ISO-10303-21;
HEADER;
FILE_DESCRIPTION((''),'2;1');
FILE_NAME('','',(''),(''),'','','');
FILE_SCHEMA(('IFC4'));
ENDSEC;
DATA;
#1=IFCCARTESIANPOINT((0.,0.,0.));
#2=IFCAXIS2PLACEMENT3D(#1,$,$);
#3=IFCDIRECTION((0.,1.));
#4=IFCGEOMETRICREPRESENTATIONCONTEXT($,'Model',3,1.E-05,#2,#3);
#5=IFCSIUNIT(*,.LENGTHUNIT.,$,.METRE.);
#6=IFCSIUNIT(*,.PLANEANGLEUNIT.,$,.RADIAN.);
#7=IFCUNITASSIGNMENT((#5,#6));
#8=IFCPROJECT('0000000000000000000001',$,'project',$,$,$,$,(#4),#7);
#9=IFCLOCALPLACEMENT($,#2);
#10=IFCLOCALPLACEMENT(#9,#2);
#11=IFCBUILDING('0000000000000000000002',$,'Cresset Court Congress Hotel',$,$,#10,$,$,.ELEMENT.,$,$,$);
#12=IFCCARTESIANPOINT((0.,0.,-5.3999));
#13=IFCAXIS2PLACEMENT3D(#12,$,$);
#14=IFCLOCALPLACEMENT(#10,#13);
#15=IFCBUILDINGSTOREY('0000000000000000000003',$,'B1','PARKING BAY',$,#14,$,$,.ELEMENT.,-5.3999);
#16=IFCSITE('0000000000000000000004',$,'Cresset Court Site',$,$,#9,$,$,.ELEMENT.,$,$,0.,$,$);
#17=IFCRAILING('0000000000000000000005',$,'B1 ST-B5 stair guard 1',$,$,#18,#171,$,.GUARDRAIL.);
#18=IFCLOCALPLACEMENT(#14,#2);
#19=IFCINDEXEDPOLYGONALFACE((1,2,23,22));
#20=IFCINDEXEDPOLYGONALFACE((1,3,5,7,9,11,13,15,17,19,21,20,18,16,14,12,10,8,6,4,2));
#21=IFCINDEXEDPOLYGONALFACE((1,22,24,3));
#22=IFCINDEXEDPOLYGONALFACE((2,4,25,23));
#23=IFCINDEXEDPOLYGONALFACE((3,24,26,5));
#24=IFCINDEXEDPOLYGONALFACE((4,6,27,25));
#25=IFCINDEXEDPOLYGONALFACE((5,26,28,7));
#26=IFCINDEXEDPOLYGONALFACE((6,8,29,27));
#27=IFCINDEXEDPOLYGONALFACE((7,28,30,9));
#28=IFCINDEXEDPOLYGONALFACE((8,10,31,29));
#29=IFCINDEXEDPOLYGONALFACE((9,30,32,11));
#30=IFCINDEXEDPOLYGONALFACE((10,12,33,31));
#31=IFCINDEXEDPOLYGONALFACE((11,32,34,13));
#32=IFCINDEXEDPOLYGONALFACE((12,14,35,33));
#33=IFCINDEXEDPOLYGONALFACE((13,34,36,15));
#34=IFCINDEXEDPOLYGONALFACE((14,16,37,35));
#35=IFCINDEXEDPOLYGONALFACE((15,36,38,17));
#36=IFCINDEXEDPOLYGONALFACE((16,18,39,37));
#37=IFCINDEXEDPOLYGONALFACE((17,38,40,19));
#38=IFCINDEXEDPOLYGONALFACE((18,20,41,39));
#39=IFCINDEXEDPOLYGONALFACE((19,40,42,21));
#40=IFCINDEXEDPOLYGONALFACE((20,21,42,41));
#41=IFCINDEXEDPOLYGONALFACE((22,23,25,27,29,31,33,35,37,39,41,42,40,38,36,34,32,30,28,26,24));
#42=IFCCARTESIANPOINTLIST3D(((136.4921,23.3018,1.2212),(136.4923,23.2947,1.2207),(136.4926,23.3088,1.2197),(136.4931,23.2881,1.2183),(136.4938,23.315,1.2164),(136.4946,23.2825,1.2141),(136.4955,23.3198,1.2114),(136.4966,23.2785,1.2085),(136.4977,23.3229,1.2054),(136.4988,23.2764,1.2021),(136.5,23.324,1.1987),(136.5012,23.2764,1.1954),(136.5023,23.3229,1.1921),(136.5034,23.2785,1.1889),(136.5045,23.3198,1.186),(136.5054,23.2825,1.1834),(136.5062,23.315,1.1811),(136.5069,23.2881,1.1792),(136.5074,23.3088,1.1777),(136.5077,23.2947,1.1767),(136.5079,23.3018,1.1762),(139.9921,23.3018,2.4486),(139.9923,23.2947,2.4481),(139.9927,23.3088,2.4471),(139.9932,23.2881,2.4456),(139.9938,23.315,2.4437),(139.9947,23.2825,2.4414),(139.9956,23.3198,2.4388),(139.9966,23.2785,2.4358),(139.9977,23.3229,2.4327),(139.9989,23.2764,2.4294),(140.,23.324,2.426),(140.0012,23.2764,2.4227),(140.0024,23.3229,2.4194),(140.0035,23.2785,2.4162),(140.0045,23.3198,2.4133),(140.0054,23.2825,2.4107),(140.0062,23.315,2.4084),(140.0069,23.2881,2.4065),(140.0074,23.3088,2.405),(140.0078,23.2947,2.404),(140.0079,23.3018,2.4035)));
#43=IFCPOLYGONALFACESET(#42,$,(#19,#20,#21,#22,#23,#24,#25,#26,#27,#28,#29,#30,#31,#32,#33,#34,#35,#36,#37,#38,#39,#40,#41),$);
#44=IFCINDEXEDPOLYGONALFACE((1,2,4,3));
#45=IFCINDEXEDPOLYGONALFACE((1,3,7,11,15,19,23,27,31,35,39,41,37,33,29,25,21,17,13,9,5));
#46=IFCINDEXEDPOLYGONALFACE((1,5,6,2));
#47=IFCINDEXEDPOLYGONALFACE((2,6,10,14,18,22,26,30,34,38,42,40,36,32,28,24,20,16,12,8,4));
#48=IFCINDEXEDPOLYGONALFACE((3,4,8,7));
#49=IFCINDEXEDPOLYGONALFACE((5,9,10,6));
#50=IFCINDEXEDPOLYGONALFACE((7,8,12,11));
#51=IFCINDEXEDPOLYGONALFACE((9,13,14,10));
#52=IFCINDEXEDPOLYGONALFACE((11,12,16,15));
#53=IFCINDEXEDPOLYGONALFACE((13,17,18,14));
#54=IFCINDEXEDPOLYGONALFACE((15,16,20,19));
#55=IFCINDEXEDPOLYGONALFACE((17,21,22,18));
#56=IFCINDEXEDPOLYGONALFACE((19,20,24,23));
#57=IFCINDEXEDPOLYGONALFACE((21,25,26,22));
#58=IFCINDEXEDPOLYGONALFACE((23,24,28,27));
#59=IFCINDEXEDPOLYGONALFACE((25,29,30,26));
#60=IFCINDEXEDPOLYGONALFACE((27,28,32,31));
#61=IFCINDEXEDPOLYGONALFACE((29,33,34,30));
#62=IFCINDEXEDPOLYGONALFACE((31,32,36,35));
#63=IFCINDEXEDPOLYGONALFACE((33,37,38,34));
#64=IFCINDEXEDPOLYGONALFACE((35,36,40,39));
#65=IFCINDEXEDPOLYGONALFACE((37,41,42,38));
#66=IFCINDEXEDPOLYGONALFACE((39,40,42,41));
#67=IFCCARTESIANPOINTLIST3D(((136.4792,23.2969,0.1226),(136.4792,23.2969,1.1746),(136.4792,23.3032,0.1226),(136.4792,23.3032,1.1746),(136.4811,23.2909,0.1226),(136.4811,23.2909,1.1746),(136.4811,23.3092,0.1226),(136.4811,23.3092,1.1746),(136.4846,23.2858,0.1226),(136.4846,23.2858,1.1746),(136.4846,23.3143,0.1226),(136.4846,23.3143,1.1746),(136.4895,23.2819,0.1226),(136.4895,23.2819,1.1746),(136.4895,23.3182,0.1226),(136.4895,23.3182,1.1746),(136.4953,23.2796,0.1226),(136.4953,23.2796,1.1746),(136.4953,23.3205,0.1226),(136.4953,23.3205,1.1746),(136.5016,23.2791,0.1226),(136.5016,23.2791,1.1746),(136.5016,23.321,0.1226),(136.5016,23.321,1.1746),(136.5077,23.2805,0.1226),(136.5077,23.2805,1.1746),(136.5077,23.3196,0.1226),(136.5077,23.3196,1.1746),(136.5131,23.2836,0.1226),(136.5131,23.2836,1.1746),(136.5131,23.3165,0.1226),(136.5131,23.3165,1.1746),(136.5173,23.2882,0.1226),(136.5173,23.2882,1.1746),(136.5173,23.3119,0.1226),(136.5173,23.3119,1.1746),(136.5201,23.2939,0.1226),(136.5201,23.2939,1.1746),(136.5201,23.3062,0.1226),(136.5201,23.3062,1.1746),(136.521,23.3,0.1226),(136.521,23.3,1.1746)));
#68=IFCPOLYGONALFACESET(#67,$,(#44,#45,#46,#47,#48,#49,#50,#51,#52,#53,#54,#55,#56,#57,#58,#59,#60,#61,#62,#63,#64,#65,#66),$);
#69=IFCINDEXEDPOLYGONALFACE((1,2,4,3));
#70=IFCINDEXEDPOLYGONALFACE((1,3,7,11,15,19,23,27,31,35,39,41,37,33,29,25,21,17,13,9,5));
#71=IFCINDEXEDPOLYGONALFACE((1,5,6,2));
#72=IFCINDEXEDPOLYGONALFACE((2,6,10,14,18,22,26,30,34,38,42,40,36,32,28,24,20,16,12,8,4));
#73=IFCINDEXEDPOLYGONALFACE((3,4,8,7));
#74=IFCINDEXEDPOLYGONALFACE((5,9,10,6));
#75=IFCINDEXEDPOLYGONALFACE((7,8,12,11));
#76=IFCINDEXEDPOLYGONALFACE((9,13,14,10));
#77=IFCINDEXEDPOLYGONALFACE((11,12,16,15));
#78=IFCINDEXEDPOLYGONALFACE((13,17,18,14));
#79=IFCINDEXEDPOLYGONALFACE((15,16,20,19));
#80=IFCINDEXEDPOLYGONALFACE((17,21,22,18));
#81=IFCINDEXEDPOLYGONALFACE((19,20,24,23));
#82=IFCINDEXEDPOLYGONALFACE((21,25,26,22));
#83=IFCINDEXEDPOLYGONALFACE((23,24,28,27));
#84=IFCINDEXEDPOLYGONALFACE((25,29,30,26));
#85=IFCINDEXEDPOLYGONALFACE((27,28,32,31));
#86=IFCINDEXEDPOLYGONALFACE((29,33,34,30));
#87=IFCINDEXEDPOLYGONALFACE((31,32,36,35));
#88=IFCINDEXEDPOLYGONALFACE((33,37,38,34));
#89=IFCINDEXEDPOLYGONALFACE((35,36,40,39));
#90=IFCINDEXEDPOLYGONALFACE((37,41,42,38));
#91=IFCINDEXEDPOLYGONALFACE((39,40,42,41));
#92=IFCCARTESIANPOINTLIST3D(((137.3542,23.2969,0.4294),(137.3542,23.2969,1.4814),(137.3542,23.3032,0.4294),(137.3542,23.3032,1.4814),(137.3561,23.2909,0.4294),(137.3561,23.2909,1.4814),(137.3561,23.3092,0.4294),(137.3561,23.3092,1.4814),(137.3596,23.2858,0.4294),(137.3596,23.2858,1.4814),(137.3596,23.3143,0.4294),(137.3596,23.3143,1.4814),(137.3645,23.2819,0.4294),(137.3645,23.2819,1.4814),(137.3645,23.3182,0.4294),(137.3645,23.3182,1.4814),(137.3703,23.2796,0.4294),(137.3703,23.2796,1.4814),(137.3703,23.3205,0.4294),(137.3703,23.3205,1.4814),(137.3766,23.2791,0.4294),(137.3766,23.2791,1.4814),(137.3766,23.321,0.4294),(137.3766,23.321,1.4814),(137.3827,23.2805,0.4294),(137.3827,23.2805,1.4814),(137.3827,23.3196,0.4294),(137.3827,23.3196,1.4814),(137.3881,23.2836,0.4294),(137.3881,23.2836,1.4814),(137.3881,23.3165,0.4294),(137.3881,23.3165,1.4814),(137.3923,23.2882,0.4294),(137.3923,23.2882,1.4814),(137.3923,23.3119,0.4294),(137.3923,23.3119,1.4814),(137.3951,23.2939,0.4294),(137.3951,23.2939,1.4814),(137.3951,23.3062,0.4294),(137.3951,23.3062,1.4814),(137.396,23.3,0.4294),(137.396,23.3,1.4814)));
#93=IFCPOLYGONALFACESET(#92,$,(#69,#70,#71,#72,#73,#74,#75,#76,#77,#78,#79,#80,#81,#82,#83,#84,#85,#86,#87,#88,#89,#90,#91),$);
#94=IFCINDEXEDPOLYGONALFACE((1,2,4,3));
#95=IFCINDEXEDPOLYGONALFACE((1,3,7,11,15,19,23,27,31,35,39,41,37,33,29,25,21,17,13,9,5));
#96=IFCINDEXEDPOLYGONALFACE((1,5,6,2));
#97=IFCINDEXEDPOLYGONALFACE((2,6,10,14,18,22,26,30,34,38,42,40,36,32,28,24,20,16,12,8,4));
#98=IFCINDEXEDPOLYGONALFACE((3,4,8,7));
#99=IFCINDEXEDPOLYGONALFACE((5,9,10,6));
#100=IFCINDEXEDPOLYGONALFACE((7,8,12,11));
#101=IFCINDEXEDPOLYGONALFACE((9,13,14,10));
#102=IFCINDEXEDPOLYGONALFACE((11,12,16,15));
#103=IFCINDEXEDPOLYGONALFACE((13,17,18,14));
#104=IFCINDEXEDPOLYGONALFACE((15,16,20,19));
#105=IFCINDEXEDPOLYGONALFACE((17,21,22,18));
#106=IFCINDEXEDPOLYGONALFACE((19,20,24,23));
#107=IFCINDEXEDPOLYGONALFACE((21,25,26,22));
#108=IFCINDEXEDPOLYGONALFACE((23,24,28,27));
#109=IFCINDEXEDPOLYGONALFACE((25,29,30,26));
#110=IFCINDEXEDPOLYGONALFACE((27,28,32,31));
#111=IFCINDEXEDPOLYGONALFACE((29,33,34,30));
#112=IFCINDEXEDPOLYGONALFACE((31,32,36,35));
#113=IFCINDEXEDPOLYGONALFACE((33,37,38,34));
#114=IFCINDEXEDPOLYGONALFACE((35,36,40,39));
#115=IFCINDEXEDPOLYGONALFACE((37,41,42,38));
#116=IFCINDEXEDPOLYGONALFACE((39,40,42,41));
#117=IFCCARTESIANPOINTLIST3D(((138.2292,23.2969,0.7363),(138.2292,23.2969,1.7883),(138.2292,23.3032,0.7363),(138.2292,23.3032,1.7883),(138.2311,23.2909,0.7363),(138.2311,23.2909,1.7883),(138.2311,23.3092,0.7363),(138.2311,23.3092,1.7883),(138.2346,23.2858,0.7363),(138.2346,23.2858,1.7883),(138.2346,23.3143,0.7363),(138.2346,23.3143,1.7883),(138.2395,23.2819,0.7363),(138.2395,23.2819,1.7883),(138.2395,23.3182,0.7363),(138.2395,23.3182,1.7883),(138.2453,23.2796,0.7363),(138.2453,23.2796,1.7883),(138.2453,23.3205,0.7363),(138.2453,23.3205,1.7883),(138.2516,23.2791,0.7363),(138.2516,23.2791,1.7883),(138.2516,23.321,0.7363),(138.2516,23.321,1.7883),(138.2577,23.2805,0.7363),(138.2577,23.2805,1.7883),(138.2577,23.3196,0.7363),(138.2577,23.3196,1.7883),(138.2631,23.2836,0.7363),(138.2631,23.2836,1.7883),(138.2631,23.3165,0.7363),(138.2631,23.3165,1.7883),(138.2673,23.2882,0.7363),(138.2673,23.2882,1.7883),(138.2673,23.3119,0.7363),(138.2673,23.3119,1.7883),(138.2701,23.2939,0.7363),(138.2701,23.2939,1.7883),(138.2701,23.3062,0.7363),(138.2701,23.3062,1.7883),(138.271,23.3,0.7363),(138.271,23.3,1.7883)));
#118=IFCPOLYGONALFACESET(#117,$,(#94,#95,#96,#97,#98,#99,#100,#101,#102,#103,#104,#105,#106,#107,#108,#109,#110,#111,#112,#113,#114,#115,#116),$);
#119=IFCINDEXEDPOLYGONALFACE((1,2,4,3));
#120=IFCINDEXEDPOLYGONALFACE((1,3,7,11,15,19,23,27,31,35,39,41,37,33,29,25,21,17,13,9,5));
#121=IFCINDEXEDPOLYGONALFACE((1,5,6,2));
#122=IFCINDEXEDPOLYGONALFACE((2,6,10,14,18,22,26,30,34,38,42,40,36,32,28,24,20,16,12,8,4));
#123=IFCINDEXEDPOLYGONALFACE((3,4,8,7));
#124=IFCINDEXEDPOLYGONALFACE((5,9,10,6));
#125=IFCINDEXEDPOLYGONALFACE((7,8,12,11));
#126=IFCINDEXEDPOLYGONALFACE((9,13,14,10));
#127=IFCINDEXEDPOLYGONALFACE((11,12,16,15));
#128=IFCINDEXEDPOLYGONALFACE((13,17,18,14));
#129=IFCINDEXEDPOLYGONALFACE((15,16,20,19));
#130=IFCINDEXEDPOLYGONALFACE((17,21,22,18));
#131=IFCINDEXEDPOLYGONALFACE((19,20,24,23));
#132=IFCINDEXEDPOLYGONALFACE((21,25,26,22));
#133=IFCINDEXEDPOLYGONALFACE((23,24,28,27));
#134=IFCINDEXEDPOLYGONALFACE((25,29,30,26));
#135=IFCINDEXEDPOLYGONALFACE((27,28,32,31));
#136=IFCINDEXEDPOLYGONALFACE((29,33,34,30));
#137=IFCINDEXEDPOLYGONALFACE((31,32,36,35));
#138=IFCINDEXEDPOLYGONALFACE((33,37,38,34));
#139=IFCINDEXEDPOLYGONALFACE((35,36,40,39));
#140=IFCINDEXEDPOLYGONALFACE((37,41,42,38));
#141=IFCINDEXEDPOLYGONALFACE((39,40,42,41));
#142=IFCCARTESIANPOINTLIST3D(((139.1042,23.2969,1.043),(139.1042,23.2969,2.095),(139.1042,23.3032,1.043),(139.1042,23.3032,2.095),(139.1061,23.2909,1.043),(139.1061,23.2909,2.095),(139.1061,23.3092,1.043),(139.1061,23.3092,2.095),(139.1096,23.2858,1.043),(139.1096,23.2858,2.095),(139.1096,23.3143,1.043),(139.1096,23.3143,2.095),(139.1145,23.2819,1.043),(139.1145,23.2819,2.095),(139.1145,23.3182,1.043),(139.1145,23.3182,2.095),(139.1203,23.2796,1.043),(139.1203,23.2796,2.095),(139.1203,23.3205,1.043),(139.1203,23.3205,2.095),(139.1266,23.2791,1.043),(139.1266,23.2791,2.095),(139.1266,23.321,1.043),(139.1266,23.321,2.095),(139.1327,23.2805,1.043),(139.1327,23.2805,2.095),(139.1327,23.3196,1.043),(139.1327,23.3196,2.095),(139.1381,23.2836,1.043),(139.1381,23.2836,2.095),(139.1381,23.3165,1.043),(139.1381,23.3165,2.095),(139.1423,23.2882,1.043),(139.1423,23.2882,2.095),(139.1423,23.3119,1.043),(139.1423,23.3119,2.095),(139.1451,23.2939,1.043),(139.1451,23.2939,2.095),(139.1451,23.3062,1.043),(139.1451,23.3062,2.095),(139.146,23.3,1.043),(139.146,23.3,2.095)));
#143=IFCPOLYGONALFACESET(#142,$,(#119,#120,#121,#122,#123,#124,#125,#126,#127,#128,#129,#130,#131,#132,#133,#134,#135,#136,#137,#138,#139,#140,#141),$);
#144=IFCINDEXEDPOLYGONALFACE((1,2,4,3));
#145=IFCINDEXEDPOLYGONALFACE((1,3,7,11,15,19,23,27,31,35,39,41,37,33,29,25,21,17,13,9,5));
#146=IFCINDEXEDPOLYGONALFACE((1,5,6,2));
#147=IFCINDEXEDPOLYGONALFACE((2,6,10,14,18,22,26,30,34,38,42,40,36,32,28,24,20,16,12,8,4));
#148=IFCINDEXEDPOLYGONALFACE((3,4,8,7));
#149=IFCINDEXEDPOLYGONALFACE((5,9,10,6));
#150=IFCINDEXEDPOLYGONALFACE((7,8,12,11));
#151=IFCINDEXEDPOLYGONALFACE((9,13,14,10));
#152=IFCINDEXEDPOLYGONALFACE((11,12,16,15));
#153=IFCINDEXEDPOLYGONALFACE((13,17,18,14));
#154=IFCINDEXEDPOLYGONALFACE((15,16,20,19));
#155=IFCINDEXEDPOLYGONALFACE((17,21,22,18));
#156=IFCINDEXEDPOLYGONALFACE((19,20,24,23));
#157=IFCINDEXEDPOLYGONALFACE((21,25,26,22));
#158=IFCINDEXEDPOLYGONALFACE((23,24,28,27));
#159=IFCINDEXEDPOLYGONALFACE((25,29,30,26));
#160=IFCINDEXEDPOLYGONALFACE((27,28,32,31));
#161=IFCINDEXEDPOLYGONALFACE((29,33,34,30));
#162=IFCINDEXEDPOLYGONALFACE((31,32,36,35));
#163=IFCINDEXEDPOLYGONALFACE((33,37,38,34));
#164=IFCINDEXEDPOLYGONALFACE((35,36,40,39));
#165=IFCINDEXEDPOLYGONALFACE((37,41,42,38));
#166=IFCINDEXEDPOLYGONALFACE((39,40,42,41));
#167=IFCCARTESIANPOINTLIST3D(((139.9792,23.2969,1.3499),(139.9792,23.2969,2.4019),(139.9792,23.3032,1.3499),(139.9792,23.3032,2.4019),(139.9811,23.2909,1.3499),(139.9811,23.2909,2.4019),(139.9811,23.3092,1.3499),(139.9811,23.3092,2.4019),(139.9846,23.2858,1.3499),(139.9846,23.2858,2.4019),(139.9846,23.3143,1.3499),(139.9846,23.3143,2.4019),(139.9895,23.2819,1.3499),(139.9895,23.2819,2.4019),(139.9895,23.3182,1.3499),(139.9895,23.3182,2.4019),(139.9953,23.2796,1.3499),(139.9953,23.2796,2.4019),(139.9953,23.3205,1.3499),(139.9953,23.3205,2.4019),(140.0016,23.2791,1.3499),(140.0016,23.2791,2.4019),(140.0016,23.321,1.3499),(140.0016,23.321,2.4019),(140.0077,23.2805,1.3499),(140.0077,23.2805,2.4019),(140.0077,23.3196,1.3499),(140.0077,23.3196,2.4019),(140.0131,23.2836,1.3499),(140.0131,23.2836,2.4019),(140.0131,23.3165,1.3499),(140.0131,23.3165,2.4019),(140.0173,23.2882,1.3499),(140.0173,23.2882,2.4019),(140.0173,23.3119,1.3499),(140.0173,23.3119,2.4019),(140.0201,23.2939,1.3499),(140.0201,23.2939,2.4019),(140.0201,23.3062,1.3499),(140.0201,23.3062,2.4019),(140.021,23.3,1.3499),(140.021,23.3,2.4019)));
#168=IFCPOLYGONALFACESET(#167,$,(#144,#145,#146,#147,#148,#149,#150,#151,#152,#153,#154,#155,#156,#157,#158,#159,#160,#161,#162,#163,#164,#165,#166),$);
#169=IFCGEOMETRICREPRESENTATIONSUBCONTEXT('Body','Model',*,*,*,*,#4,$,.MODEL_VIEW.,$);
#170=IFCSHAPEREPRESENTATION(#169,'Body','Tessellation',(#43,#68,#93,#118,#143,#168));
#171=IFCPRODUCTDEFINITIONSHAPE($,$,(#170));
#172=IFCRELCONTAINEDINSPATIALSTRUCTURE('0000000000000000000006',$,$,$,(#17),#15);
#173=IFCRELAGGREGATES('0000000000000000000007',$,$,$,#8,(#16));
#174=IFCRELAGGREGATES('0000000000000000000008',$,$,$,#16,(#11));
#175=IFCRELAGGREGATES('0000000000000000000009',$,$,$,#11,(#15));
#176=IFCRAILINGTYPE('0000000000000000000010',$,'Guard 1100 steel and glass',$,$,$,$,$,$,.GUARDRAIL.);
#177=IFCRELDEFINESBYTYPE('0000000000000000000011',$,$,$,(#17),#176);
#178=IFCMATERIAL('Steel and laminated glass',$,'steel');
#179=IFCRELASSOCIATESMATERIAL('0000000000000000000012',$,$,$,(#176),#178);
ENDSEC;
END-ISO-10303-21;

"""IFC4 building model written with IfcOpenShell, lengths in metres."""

from ifc_helpers import new_model, si_unit, direction, frame, origin, origin_2d, place, context, subcontext, project, spatial, circle, extrude, material, type_object, element, save


model = new_model("IFC4")

# Units and contexts
model_context = context("Model", 3, precision=1e-05, world=origin(), true_north=direction((0.0, 1.0)))
body_context = subcontext(model_context, "Body", "Model", "MODEL_VIEW")
ifc_project = project(units=[si_unit("LENGTHUNIT", "METRE"), si_unit("PLANEANGLEUNIT", "RADIAN")], contexts=[model_context])

# Site, building, storey
site_placement = place(None, origin())
site = spatial("IfcSite", under=ifc_project, at=site_placement, Name="Cresset Court Site", CompositionType="ELEMENT", RefElevation=0.0)
building_placement = place(site_placement, origin())
building = spatial("IfcBuilding", under=site, at=building_placement, Name="Cresset Court Congress Hotel", CompositionType="ELEMENT")
storey_placement = place(building_placement, frame((0.0, 0.0, -5.3999)))
storey = spatial("IfcBuildingStorey", under=building, at=storey_placement, Name="B1", Description="PARKING BAY", CompositionType="ELEMENT", Elevation=-5.3999)

# Railing
ifc_material_1 = material(Name="Steel and laminated glass", Category="steel")
railing_type_1 = type_object("IfcRailingType", Name="Guard 1100 steel and glass", PredefinedType="GUARDRAIL", material=ifc_material_1)
railing_1_placement = place(storey_placement, frame((136.5, 23.3, 0.1226)))
element("IfcRailing", 1, at=railing_1_placement, inside=storey, type_object=railing_type_1, Name="B1 ST-B5 stair guard 1", PredefinedType="GUARDRAIL", context=body_context, shape_type="SweptSolid", body=[
    extrude(circle(Radius=0.0239, at=origin_2d()), frame((0.0, 0.0, 1.0762), z_axis=(0.943665, 0.0, 0.330902), x_axis=(0.0, 1.0, 0.0)), (0.0, 0.0, 1.0), 3.709),
    extrude(circle(Radius=0.021, at=origin_2d()), origin(), (0.0, 0.0, 1.0), 1.052),
    extrude(circle(Radius=0.021, at=origin_2d()), frame((0.875, 0.0, 0.3069)), (0.0, 0.0, 1.0), 1.052),
    extrude(circle(Radius=0.021, at=origin_2d()), frame((1.75, 0.0, 0.6138)), (0.0, 0.0, 1.0), 1.052),
    extrude(circle(Radius=0.021, at=origin_2d()), frame((2.625, 0.0, 0.9204)), (0.0, 0.0, 1.0), 1.052),
    extrude(circle(Radius=0.021, at=origin_2d()), frame((3.5, 0.0, 1.2273)), (0.0, 0.0, 1.0), 1.052),
])

save(model, "model.ifc")
